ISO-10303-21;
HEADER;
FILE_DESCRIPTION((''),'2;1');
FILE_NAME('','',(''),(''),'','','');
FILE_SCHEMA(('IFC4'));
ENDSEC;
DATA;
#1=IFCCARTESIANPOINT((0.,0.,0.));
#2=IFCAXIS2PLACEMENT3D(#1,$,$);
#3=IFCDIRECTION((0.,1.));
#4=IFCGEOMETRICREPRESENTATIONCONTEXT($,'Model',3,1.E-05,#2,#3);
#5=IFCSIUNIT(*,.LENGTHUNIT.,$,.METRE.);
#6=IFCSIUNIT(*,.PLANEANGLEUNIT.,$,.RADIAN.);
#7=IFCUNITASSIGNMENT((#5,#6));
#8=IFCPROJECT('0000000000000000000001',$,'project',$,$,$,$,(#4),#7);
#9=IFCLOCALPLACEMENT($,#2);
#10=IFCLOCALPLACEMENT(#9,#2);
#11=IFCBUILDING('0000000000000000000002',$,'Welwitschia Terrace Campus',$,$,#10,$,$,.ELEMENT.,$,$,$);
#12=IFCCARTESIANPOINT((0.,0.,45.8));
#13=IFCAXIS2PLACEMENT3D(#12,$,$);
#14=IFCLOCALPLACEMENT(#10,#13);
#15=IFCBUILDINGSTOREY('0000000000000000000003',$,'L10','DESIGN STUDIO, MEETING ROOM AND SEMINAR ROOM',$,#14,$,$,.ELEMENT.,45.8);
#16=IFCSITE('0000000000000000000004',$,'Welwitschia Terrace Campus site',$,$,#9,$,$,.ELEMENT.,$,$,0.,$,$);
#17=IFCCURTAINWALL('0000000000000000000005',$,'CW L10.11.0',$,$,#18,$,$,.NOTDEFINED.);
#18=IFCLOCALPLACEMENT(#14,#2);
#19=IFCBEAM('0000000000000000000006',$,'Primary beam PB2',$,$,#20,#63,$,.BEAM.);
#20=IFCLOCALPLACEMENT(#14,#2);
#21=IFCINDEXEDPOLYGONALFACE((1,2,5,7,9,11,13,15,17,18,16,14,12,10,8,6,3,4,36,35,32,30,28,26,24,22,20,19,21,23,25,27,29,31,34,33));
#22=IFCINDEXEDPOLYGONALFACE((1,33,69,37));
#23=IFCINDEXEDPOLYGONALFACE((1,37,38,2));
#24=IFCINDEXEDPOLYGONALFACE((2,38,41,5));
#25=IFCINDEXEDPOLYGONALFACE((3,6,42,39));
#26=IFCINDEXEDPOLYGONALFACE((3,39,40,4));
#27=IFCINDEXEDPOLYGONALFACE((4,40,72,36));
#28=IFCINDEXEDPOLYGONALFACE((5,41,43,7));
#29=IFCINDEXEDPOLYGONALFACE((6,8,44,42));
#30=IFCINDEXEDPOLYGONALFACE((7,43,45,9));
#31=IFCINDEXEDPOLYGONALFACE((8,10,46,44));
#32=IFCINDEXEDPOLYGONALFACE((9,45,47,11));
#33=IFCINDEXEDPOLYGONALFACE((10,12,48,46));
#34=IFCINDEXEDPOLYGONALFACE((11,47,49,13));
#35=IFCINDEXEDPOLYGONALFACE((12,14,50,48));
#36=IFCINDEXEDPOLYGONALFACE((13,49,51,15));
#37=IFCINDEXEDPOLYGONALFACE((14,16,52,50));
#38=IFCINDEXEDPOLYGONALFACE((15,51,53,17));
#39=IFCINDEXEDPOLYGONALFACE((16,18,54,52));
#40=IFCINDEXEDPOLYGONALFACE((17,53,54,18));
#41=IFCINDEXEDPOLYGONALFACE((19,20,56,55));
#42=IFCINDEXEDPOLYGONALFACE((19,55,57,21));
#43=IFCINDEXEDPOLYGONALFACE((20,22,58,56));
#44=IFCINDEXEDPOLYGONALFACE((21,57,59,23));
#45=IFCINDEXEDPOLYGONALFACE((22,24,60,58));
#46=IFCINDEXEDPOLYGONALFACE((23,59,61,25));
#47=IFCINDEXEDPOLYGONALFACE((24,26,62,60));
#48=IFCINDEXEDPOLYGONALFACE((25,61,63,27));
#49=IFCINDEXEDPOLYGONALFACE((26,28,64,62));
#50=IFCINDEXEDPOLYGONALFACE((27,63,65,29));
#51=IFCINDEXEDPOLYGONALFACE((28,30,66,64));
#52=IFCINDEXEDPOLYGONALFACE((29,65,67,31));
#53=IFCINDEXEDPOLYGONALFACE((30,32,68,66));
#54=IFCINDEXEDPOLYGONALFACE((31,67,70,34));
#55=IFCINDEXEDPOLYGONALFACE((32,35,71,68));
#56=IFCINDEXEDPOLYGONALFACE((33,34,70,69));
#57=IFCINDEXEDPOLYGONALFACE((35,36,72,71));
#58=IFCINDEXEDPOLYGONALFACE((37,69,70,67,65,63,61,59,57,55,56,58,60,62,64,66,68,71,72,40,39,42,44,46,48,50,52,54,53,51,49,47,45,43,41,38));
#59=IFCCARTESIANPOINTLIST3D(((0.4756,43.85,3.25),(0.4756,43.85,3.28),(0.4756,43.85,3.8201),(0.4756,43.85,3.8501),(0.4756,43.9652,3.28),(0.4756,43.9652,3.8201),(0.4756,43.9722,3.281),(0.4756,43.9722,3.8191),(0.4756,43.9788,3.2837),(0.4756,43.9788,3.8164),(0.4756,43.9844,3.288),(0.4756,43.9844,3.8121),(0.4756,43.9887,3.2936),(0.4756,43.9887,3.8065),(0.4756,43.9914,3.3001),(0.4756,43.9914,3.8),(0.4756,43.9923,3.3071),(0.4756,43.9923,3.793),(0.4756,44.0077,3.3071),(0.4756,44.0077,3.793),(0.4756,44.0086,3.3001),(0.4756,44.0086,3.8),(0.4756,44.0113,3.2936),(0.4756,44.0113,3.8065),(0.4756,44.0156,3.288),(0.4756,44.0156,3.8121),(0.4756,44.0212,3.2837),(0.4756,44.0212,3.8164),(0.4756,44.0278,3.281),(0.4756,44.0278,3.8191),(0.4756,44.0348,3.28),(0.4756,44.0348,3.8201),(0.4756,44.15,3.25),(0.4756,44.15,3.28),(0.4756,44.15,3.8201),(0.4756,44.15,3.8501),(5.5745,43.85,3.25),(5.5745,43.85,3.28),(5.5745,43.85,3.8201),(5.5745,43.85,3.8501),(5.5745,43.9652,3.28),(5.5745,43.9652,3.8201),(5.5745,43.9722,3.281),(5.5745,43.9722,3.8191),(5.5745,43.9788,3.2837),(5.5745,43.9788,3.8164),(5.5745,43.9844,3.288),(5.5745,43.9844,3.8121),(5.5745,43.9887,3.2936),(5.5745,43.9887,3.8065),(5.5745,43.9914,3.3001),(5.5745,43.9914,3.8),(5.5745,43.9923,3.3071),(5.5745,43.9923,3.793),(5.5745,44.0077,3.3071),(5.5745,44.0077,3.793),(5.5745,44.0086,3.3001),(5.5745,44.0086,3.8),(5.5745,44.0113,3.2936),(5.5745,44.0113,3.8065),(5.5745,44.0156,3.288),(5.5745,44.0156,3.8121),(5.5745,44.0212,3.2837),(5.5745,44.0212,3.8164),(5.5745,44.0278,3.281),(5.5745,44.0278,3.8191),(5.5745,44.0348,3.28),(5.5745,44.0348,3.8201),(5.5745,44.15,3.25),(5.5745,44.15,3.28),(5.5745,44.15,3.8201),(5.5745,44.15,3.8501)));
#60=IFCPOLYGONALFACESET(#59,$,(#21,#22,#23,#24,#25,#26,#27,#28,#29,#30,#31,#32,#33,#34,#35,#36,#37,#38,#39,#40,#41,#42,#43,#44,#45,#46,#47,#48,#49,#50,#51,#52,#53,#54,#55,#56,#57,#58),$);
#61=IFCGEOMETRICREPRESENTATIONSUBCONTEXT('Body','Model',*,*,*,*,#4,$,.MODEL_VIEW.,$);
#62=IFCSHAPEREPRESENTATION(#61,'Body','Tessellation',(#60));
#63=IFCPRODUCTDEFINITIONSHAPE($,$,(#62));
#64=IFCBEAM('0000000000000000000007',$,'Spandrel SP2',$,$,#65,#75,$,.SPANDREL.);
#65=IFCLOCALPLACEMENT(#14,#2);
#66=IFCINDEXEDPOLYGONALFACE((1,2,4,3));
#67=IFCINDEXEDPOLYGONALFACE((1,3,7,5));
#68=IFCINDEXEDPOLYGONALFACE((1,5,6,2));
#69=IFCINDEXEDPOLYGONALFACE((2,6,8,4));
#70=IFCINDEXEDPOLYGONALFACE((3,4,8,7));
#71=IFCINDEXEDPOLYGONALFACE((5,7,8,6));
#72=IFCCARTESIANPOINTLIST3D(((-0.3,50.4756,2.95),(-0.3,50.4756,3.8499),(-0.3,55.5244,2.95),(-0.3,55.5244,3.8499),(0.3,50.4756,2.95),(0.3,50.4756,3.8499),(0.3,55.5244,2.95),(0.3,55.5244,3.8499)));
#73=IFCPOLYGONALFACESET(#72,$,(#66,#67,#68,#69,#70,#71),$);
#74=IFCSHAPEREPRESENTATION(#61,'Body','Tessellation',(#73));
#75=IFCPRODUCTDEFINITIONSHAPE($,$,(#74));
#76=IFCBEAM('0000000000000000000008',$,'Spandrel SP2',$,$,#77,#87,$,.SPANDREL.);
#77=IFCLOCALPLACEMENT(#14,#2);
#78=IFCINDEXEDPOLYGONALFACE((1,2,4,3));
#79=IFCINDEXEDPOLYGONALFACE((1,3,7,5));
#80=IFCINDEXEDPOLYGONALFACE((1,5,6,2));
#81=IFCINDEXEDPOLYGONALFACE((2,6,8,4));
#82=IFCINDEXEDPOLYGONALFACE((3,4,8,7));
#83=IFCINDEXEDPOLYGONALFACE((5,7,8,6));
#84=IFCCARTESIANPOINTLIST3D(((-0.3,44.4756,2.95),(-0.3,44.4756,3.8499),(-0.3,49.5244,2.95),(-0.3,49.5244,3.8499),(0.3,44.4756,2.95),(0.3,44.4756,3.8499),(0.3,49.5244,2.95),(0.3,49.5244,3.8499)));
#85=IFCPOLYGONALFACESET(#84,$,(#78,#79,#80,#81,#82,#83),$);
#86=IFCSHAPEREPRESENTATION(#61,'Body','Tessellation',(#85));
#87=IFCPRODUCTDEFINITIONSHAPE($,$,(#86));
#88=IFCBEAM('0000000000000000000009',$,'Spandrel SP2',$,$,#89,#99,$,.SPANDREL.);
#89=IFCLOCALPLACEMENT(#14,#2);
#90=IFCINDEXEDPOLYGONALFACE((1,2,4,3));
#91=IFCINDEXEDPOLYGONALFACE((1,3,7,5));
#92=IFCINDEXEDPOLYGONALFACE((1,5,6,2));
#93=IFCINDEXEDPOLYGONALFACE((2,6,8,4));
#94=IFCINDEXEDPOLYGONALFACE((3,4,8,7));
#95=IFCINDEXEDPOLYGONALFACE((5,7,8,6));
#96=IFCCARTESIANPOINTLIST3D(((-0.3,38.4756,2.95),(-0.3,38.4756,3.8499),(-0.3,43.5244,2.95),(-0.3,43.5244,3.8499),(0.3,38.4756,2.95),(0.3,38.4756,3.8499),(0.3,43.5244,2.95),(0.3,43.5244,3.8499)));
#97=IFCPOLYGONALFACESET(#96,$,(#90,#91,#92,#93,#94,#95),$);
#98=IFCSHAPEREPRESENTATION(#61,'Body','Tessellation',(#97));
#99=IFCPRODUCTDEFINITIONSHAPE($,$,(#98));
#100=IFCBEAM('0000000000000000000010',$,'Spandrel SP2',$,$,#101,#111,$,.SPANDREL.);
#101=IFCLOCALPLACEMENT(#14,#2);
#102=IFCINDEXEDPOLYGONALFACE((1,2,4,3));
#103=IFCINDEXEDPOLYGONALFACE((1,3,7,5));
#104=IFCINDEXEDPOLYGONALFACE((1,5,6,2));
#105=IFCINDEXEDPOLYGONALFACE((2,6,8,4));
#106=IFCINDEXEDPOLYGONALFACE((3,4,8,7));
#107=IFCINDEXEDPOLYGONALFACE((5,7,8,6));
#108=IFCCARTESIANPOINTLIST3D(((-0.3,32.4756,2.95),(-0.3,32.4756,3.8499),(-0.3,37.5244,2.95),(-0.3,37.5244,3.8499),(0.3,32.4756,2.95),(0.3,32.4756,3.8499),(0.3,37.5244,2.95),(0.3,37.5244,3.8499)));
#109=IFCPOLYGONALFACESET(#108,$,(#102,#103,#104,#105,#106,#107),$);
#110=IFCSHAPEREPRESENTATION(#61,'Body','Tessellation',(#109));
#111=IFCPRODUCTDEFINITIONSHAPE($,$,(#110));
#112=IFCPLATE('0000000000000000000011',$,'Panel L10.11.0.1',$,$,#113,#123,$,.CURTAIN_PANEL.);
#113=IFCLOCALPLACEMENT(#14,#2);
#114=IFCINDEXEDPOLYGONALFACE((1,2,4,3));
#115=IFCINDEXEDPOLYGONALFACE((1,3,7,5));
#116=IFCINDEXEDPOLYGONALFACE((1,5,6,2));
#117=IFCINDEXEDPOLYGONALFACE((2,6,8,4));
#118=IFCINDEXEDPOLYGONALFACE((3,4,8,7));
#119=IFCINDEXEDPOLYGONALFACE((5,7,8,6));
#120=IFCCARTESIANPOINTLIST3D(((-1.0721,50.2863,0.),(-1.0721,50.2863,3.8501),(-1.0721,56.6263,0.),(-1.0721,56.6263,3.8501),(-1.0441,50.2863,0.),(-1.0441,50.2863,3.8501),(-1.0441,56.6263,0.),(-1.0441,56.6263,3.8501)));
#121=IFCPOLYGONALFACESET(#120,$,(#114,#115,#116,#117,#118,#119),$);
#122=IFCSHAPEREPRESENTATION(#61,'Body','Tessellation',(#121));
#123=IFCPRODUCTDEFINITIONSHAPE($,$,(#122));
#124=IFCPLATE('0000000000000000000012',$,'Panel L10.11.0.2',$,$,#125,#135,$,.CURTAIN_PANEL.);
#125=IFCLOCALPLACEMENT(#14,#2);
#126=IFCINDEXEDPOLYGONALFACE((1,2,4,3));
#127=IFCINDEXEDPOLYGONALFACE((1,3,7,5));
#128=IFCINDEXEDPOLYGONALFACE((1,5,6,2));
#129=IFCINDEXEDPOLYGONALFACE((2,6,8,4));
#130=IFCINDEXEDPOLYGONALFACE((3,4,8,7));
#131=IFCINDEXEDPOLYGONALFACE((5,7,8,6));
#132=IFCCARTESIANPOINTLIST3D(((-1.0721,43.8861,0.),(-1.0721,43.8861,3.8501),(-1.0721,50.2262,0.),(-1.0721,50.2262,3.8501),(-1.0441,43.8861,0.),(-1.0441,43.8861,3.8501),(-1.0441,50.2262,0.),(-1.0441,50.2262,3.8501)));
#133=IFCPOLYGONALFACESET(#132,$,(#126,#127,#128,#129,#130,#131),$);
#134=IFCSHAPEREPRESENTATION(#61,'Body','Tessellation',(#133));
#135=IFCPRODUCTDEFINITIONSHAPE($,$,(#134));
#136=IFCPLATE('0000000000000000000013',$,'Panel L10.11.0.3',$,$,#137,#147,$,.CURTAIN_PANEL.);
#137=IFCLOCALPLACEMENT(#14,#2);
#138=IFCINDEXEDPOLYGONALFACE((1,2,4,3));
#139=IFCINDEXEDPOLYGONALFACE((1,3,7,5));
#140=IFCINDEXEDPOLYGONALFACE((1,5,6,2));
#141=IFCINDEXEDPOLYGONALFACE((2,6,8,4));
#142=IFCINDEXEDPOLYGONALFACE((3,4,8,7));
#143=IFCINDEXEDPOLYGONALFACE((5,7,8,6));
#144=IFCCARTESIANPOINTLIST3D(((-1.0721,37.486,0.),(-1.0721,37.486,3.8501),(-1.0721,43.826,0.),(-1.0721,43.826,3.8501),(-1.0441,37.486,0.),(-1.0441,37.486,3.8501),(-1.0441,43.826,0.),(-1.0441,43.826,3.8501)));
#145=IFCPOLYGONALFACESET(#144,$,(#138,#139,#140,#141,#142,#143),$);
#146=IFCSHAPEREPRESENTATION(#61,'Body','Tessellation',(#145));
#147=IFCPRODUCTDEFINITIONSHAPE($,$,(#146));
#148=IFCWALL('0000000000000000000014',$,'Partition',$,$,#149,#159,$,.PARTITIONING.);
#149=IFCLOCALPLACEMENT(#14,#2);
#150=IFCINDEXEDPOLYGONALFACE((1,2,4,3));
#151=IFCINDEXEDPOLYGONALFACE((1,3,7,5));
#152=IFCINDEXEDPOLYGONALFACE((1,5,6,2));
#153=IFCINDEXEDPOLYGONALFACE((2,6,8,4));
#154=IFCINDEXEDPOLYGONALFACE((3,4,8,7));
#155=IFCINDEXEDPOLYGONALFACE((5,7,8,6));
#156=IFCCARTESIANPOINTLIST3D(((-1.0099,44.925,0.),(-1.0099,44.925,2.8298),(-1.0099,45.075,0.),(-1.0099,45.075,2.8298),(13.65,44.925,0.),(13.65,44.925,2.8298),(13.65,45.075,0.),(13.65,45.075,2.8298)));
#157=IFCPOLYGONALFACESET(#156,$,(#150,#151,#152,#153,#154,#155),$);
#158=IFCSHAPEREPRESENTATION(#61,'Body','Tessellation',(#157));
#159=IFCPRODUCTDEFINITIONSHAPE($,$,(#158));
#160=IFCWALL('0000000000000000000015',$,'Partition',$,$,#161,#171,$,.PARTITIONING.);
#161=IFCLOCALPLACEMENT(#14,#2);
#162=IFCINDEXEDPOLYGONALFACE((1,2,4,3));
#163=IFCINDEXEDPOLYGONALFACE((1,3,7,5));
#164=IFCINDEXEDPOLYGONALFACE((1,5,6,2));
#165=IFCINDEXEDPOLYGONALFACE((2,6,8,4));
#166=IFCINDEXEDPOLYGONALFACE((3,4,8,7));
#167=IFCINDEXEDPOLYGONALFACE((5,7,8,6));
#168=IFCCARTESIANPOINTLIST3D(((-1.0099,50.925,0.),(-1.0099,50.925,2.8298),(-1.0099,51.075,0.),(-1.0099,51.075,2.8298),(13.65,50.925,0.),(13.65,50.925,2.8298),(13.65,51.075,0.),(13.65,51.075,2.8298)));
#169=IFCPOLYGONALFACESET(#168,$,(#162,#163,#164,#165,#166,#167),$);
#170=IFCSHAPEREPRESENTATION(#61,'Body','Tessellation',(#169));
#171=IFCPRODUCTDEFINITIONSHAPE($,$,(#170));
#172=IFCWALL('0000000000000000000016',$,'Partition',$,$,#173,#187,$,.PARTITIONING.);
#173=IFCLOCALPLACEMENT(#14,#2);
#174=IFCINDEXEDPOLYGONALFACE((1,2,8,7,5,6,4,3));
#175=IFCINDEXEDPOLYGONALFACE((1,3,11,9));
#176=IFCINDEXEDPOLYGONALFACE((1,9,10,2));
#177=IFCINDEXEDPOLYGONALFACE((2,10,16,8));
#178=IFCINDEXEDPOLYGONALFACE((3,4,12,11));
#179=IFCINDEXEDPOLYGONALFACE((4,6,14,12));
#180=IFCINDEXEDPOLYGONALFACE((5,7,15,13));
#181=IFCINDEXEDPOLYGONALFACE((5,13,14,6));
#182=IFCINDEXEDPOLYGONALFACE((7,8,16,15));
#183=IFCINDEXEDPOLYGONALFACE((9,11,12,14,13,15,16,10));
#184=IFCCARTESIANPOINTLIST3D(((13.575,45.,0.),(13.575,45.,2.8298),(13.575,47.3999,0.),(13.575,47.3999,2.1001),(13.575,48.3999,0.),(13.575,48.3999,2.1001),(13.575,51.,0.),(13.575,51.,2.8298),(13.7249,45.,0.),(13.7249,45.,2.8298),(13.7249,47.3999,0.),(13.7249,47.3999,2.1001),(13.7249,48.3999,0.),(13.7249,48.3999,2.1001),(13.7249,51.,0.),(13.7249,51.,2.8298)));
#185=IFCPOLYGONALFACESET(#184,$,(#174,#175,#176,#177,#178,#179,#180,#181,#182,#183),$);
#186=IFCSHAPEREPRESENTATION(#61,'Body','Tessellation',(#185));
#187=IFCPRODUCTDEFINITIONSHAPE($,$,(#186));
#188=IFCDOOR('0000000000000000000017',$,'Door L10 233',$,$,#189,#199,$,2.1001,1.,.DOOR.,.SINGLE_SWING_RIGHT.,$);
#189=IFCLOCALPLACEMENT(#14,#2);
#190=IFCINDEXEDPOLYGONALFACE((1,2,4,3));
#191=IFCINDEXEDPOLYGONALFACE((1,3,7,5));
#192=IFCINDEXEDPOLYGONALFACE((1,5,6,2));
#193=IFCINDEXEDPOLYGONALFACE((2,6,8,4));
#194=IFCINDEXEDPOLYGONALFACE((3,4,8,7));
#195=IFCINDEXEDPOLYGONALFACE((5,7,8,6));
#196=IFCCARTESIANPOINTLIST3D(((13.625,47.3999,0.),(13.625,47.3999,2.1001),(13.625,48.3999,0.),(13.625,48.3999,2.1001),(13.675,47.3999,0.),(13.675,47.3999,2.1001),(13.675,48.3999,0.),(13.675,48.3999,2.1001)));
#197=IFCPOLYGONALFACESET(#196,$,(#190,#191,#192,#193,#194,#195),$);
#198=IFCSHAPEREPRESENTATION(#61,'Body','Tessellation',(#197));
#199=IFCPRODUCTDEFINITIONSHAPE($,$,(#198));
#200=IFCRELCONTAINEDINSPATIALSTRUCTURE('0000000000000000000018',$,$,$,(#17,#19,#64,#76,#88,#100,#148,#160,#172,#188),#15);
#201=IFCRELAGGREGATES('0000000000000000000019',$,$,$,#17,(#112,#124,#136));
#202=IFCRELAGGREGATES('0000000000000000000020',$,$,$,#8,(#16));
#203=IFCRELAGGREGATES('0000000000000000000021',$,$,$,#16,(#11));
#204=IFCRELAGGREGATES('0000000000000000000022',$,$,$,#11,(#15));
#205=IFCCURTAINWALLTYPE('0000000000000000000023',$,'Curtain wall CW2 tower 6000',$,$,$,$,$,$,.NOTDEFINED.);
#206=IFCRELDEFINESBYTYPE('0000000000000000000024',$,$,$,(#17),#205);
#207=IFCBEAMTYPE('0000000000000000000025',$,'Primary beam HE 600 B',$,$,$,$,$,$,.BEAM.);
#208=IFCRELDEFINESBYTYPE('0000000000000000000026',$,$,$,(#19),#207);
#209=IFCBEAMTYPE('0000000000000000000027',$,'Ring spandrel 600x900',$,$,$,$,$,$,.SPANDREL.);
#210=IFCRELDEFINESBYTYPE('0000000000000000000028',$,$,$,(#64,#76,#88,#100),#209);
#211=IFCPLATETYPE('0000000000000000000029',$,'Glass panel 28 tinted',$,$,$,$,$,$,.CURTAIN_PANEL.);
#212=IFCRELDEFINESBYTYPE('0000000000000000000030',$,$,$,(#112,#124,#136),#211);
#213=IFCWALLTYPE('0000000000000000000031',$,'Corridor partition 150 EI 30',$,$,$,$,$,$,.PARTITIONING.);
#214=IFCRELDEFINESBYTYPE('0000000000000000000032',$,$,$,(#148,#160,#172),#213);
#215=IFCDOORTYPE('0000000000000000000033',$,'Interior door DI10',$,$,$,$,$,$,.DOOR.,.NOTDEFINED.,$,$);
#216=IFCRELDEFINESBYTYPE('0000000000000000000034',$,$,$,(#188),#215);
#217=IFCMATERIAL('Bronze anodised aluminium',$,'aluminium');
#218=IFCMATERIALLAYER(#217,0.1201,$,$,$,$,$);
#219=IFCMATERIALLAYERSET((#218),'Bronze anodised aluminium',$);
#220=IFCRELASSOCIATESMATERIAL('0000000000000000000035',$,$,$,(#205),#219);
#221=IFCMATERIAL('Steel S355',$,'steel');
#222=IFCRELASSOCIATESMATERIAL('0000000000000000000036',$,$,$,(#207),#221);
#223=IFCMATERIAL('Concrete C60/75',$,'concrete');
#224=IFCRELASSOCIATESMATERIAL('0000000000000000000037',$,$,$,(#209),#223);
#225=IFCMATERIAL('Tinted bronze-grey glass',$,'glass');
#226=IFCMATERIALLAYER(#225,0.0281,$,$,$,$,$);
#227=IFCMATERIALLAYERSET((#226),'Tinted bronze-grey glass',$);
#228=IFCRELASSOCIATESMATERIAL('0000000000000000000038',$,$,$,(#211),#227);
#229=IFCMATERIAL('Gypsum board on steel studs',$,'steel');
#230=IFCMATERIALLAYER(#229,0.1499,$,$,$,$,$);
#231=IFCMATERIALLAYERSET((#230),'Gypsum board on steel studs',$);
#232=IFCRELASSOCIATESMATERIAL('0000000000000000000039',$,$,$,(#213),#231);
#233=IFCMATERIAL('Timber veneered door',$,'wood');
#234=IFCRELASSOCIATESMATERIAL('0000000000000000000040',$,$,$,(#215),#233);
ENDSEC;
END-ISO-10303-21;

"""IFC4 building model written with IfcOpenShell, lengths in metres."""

from ifc_helpers import new_model, si_unit, direction, frame, frame_2d, origin, origin_2d, place, context, subcontext, project, spatial, rectangle, i_section, extrude, material, layer, layer_set, material_profile, profile_set, type_object, element, fill, aggregate, save


model = new_model("IFC4")

# Units and contexts
model_context = context("Model", 3, precision=1e-05, world=origin(), true_north=direction((0.0, 1.0)))
body_context = subcontext(model_context, "Body", "Model", "MODEL_VIEW")
ifc_project = project(units=[si_unit("LENGTHUNIT", "METRE"), si_unit("PLANEANGLEUNIT", "RADIAN")], contexts=[model_context])

# Site, building, storey
site_placement = place(None, origin())
site = spatial("IfcSite", under=ifc_project, at=site_placement, Name="Welwitschia Terrace Campus site", CompositionType="ELEMENT", RefElevation=0.0)
building_placement = place(site_placement, origin())
building = spatial("IfcBuilding", under=site, at=building_placement, Name="Welwitschia Terrace Campus", CompositionType="ELEMENT")
storey_placement = place(building_placement, frame((0.0, 0.0, 45.8)))
storey = spatial("IfcBuildingStorey", under=building, at=storey_placement, Name="L10", Description="DESIGN STUDIO, MEETING ROOM AND SEMINAR ROOM", CompositionType="ELEMENT", Elevation=45.8)

# Curtain wall
ifc_material_1 = material(Name="Bronze anodised aluminium", Category="aluminium")
ifc_layer_1 = layer(ifc_material_1, 0.1201)
ifc_layer_set_1 = layer_set([ifc_layer_1], Name="Bronze anodised aluminium")
curtain_wall_type = type_object("IfcCurtainWallType", Name="Curtain wall CW2 tower 6000", PredefinedType="NOTDEFINED", material=ifc_layer_set_1)
curtain_wall_placement = place(storey_placement, origin())
curtain_wall = element("IfcCurtainWall", 1, at=curtain_wall_placement, inside=storey, type_object=curtain_wall_type, Name="CW L10.11.0", PredefinedType="NOTDEFINED")

# Beams
ifc_material_2 = material(Name="Steel S355", Category="steel")
ifc_material_profile_1 = material_profile(ifc_material_2, i_section(OverallWidth=0.3, OverallDepth=0.6001, WebThickness=0.0154, FlangeThickness=0.03, FilletRadius=0.0271, at=origin_2d()))
ifc_profile_set_1 = profile_set([ifc_material_profile_1], Name="Steel S355")
beam_type_1 = type_object("IfcBeamType", Name="Primary beam HE 600 B", PredefinedType="BEAM", material=ifc_profile_set_1)
beam_1_placement = place(storey_placement, frame((0.4756, 44.0, 3.55), z_axis=(1.0, 0.0, 0.0), x_axis=(0.0, 1.0, 0.0)))
element("IfcBeam", 2, at=beam_1_placement, inside=storey, type_object=beam_type_1, Name="Primary beam PB2", PredefinedType="BEAM", context=body_context, shape_type="SweptSolid", body=[
    extrude(i_section(OverallWidth=0.3, OverallDepth=0.6001, WebThickness=0.0154, FlangeThickness=0.03, FilletRadius=0.0271, at=origin_2d()), origin(), (0.0, 0.0, 1.0), 5.0989),
])
ifc_material_3 = material(Name="Concrete C60/75", Category="concrete")
ifc_material_profile_2 = material_profile(ifc_material_3, rectangle(XDim=0.6001, YDim=0.8999, at=origin_2d()))
ifc_profile_set_2 = profile_set([ifc_material_profile_2], Name="Concrete C60/75")
beam_type_2 = type_object("IfcBeamType", Name="Ring spandrel 600x900", PredefinedType="SPANDREL", material=ifc_profile_set_2)
for number, where, z_axis, x_axis, name in (
    (3, (0.0, 55.5244, 3.3999), (0.0, -1.0, 0.0), (1.0, 0.0, 0.0), "Spandrel SP2"),
    (4, (0.0, 49.5244, 3.3999), (0.0, -1.0, 0.0), (1.0, 0.0, 0.0), "Spandrel SP2"),
    (5, (0.0, 43.5244, 3.3999), (0.0, -1.0, 0.0), (1.0, 0.0, 0.0), "Spandrel SP2"),
    (6, (0.0, 37.5244, 3.3999), (0.0, -1.0, 0.0), (1.0, 0.0, 0.0), "Spandrel SP2"),
):
    element("IfcBeam", number, at=place(storey_placement, frame(where, z_axis=z_axis, x_axis=x_axis)), inside=storey, type_object=beam_type_2, Name=name, PredefinedType="SPANDREL", context=body_context, shape_type="SweptSolid", body=[
        extrude(rectangle(XDim=0.6001, YDim=0.8999, at=origin_2d()), origin(), (0.0, 0.0, 1.0), 5.0488),
    ])

# Plates
ifc_material_4 = material(Name="Tinted bronze-grey glass", Category="glass")
ifc_layer_2 = layer(ifc_material_4, 0.0281)
ifc_layer_set_2 = layer_set([ifc_layer_2], Name="Tinted bronze-grey glass")
plate_type = type_object("IfcPlateType", Name="Glass panel 28 tinted", PredefinedType="CURTAIN_PANEL", material=ifc_layer_set_2)
plate_1_placement = place(storey_placement, frame((-1.0581, 53.4563, 0.0), z_axis=(0.0, 0.0, 1.0), x_axis=(0.0, -1.0, 0.0)))
plate_1 = element("IfcPlate", 7, at=plate_1_placement, type_object=plate_type, Name="Panel L10.11.0.1", PredefinedType="CURTAIN_PANEL", context=body_context, shape_type="SweptSolid", body=[
    extrude(rectangle(XDim=6.3401, YDim=0.0281, at=origin_2d()), origin(), (0.0, 0.0, 1.0), 3.8501),
])
plate_2_placement = place(storey_placement, frame((-1.0581, 47.0562, 0.0), z_axis=(0.0, 0.0, 1.0), x_axis=(0.0, -1.0, 0.0)))
plate_2 = element("IfcPlate", 8, at=plate_2_placement, type_object=plate_type, Name="Panel L10.11.0.2", PredefinedType="CURTAIN_PANEL", context=body_context, shape_type="SweptSolid", body=[
    extrude(rectangle(XDim=6.3401, YDim=0.0281, at=origin_2d()), origin(), (0.0, 0.0, 1.0), 3.8501),
])
plate_3_placement = place(storey_placement, frame((-1.0581, 40.656, 0.0), z_axis=(0.0, 0.0, 1.0), x_axis=(0.0, -1.0, 0.0)))
plate_3 = element("IfcPlate", 9, at=plate_3_placement, type_object=plate_type, Name="Panel L10.11.0.3", PredefinedType="CURTAIN_PANEL", context=body_context, shape_type="SweptSolid", body=[
    extrude(rectangle(XDim=6.3401, YDim=0.0281, at=origin_2d()), origin(), (0.0, 0.0, 1.0), 3.8501),
])
aggregate(curtain_wall, [plate_1, plate_2, plate_3])

# Walls
ifc_material_5 = material(Name="Gypsum board on steel studs", Category="steel")
ifc_layer_3 = layer(ifc_material_5, 0.1499)
ifc_layer_set_3 = layer_set([ifc_layer_3], Name="Gypsum board on steel studs")
wall_type = type_object("IfcWallType", Name="Corridor partition 150 EI 30", PredefinedType="PARTITIONING", material=ifc_layer_set_3)
for number, where, z_axis, x_axis, name in (
    (10, (-1.01, 45.0, 0.0), (0.0, 0.0, 1.0), (1.0, 0.0, 0.0), "Partition"),
    (11, (-1.01, 51.0, 0.0), (0.0, 0.0, 1.0), (1.0, 0.0, 0.0), "Partition"),
):
    element("IfcWall", number, at=place(storey_placement, frame(where, z_axis=z_axis, x_axis=x_axis)), inside=storey, type_object=wall_type, Name=name, PredefinedType="PARTITIONING", context=body_context, shape_type="SweptSolid", body=[
        extrude(rectangle(XDim=14.6599, YDim=0.1499, at=frame_2d((7.3301, 0.0))), origin(), (0.0, 0.0, 1.0), 2.8298),
    ])

# Wall, opening, door
wall_1_placement = place(storey_placement, frame((13.6499, 45.0, 0.0), z_axis=(0.0, 0.0, 1.0), x_axis=(0.0, 1.0, 0.0)))
wall_1 = element("IfcWall", 12, at=wall_1_placement, inside=storey, type_object=wall_type, Name="Partition", PredefinedType="PARTITIONING", context=body_context, shape_type="SweptSolid", body=[
    extrude(rectangle(XDim=6.0, YDim=0.1499, at=frame_2d((3.0, 0.0))), origin(), (0.0, 0.0, 1.0), 2.8298),
])
opening_1_placement = place(wall_1_placement, frame((2.3999, 0.0, 0.0)))
opening_1 = element("IfcOpeningElement", 13, at=opening_1_placement, cuts=wall_1, PredefinedType="OPENING", context=body_context, shape_type="SweptSolid", body=[
    extrude(rectangle(XDim=1.0, YDim=2.1001, at=frame_2d((0.5, 1.05))), frame((0.0, 0.085, 0.0), z_axis=(0.0, -1.0, 0.0), x_axis=(1.0, 0.0, 0.0)), (0.0, 0.0, 1.0), 0.1699),
])
ifc_material_6 = material(Name="Timber veneered door", Category="wood")
door_type = type_object("IfcDoorType", Name="Interior door DI10", OperationType="NOTDEFINED", PredefinedType="DOOR", material=ifc_material_6)
door_1_placement = place(opening_1_placement, origin())
door_1 = element("IfcDoor", 14, at=door_1_placement, inside=storey, type_object=door_type, Name="Door L10 233", OperationType="SINGLE_SWING_RIGHT", OverallHeight=2.1001, OverallWidth=1.0, PredefinedType="DOOR", context=body_context, shape_type="SweptSolid", body=[
    extrude(rectangle(XDim=1.0, YDim=2.1001, at=frame_2d((0.5, 1.05))), frame((0.0, 0.0249, 0.0), z_axis=(0.0, -1.0, 0.0), x_axis=(1.0, 0.0, 0.0)), (0.0, 0.0, 1.0), 0.05),
])
fill(opening_1, door_1)

save(model, "model.ifc")
